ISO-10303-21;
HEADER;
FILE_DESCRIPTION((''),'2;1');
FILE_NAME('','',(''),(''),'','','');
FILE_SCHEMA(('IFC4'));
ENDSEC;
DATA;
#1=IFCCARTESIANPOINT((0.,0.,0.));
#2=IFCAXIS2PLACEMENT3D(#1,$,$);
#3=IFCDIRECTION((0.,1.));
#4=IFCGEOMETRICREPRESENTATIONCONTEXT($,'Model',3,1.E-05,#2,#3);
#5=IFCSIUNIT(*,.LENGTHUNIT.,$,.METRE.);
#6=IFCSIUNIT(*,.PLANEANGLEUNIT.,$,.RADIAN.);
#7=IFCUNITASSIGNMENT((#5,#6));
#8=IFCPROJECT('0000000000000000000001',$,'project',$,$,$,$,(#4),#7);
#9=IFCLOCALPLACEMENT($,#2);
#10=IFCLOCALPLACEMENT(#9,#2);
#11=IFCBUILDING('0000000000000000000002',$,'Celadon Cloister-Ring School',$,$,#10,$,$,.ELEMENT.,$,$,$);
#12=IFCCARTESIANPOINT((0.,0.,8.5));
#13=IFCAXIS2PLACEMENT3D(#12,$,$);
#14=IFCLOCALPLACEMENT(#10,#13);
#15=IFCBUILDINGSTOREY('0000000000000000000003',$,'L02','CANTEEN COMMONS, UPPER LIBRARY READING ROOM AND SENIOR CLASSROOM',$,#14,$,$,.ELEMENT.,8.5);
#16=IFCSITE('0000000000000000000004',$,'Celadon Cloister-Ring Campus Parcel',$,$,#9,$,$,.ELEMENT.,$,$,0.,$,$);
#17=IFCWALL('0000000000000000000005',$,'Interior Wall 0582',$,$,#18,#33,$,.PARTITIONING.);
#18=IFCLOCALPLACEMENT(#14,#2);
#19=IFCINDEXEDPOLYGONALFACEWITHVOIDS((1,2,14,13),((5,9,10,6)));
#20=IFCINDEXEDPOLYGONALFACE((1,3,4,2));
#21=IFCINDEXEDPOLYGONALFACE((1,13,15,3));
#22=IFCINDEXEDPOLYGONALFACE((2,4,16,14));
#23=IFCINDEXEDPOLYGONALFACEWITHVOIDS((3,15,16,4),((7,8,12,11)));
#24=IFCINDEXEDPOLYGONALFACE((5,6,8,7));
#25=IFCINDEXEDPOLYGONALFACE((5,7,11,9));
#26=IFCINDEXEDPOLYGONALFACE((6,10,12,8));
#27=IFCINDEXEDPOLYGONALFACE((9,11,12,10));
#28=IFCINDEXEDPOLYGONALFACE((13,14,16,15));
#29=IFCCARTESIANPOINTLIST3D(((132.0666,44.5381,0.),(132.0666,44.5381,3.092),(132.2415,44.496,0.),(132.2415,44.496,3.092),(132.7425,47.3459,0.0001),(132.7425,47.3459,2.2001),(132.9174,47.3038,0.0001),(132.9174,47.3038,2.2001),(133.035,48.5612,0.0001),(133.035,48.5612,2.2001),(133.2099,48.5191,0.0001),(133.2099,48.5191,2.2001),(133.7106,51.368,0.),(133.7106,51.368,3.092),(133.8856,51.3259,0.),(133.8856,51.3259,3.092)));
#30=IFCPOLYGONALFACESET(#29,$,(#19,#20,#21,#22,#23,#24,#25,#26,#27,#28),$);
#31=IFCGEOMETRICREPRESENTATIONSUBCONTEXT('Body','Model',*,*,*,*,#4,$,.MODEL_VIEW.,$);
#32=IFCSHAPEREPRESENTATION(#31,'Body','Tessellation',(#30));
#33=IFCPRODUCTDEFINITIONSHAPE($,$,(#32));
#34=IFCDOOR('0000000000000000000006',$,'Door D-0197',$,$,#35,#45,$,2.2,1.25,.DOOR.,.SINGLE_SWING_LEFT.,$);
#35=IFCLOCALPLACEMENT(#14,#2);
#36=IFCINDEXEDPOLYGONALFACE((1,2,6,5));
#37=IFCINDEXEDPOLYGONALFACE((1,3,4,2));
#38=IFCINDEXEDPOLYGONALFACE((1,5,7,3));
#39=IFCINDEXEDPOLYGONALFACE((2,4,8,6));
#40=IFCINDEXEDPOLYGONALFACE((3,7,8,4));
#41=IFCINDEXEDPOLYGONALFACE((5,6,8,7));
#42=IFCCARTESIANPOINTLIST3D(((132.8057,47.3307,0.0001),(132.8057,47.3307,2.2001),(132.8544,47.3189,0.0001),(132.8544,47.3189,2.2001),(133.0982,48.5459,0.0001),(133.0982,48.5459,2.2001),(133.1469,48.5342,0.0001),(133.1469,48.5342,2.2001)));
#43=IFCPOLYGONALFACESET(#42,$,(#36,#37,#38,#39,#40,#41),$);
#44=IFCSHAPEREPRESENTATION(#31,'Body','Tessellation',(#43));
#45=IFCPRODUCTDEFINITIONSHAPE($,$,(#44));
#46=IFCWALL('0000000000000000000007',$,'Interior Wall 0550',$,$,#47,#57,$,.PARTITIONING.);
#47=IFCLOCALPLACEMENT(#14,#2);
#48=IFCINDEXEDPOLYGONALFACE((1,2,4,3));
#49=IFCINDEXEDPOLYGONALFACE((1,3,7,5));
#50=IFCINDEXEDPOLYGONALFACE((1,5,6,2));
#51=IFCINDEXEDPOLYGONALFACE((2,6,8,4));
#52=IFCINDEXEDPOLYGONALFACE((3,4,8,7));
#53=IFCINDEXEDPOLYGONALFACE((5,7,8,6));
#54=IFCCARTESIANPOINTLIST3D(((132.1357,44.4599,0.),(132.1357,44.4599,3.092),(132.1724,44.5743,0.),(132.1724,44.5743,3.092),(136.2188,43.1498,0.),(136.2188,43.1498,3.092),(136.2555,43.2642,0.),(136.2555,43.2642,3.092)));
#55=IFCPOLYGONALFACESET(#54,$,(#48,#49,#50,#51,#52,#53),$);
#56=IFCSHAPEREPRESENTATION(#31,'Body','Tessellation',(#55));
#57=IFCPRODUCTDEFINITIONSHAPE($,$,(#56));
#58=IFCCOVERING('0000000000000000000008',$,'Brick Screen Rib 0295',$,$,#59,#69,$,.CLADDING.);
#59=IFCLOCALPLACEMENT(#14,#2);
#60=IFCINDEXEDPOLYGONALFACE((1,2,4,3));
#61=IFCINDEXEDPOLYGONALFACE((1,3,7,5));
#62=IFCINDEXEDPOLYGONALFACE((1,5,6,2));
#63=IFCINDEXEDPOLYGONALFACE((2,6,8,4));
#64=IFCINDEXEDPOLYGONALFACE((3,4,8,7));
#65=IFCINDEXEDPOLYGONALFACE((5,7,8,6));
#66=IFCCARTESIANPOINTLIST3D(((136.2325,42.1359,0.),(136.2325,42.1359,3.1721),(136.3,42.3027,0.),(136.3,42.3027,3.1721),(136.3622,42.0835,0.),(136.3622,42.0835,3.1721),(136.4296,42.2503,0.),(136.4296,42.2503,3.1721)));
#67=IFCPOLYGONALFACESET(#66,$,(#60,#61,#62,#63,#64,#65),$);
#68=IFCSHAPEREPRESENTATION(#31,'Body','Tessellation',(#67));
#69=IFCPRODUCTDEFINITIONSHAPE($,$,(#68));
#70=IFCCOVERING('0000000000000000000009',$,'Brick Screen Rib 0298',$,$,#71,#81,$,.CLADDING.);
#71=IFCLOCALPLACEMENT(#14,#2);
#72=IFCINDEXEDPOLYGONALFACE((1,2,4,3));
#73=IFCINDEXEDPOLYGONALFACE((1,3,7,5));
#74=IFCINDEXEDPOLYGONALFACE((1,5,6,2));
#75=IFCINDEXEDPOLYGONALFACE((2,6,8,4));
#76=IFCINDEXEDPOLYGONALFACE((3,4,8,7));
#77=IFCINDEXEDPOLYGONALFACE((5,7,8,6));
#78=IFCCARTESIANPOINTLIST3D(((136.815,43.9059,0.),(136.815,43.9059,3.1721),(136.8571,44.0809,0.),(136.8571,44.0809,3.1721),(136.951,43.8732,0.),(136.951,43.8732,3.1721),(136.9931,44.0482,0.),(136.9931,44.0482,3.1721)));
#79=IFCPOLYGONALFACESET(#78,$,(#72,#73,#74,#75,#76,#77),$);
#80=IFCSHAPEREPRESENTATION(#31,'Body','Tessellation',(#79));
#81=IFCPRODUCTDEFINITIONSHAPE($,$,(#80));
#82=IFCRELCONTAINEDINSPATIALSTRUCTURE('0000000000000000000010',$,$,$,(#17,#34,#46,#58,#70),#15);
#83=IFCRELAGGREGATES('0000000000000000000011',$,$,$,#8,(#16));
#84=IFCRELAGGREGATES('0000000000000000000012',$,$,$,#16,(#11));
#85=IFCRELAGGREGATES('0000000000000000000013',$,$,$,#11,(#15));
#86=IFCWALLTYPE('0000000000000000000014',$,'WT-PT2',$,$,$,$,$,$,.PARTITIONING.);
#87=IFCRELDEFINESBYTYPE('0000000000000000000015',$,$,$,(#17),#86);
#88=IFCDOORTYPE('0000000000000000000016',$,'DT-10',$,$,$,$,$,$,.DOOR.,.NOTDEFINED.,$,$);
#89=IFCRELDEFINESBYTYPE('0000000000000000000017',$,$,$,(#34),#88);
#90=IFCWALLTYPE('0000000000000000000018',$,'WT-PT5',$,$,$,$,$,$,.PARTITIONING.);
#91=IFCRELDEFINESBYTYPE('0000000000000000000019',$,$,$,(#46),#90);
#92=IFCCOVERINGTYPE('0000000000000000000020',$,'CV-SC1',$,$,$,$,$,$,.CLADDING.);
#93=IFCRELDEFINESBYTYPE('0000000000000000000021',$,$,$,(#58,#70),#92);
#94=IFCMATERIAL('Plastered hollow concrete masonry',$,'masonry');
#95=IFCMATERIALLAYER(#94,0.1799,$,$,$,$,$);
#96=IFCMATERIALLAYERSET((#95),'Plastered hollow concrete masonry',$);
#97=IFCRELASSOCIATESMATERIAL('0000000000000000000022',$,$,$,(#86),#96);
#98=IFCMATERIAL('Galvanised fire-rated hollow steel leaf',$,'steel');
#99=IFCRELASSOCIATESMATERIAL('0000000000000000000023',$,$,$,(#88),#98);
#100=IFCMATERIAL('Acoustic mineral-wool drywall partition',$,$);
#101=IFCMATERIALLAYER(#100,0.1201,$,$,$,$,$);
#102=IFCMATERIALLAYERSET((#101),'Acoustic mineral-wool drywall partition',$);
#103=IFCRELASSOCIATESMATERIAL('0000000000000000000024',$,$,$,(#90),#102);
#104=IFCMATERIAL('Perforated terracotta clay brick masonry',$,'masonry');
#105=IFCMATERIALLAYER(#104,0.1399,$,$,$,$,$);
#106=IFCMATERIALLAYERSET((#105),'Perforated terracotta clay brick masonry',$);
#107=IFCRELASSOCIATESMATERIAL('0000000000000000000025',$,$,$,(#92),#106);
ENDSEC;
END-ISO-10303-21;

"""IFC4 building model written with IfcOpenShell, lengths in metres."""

from ifc_helpers import new_model, si_unit, direction, frame, frame_2d, origin, origin_2d, place, context, subcontext, project, spatial, rectangle, extrude, material, layer, layer_set, type_object, element, fill, save


model = new_model("IFC4")

# Units and contexts
model_context = context("Model", 3, precision=1e-05, world=origin(), true_north=direction((0.0, 1.0)))
body_context = subcontext(model_context, "Body", "Model", "MODEL_VIEW")
ifc_project = project(units=[si_unit("LENGTHUNIT", "METRE"), si_unit("PLANEANGLEUNIT", "RADIAN")], contexts=[model_context])

# Site, building, storey
site_placement = place(None, origin())
site = spatial("IfcSite", under=ifc_project, at=site_placement, Name="Celadon Cloister-Ring Campus Parcel", CompositionType="ELEMENT", RefElevation=0.0)
building_placement = place(site_placement, origin())
building = spatial("IfcBuilding", under=site, at=building_placement, Name="Celadon Cloister-Ring School", CompositionType="ELEMENT")
storey_placement = place(building_placement, frame((0.0, 0.0, 8.5)))
storey = spatial("IfcBuildingStorey", under=building, at=storey_placement, Name="L02", Description="CANTEEN COMMONS, UPPER LIBRARY READING ROOM AND SENIOR CLASSROOM", CompositionType="ELEMENT", Elevation=8.5)

# Wall, opening, door
ifc_material_1 = material(Name="Plastered hollow concrete masonry", Category="masonry")
ifc_layer_1 = layer(ifc_material_1, 0.1799)
ifc_layer_set_1 = layer_set([ifc_layer_1], Name="Plastered hollow concrete masonry")
wall_type_1 = type_object("IfcWallType", Name="WT-PT2", PredefinedType="PARTITIONING", material=ifc_layer_set_1)
wall_1_placement = place(storey_placement, frame((132.1541, 44.5171, 0.0), z_axis=(0.0, 0.0, 1.0), x_axis=(0.23403, 0.972229, 0.0)))
wall_1 = element("IfcWall", 1, at=wall_1_placement, inside=storey, type_object=wall_type_1, Name="Interior Wall 0582", PredefinedType="PARTITIONING", context=body_context, shape_type="SweptSolid", body=[
    extrude(rectangle(XDim=7.0249, YDim=0.1799, at=frame_2d((3.5125, 0.0))), origin(), (0.0, 0.0, 1.0), 3.092),
])
opening_1_placement = place(wall_1_placement, frame((2.8879, 0.0, 0.0)))
opening_1 = element("IfcOpeningElement", 2, at=opening_1_placement, cuts=wall_1, PredefinedType="OPENING", context=body_context, shape_type="SweptSolid", body=[
    extrude(rectangle(XDim=1.25, YDim=2.2, at=frame_2d((0.625, 1.1001))), frame((0.0, 0.1001, 0.0), z_axis=(0.0, -1.0, 0.0), x_axis=(1.0, 0.0, 0.0)), (0.0, 0.0, 1.0), 0.2),
])
ifc_material_2 = material(Name="Galvanised fire-rated hollow steel leaf", Category="steel")
door_type = type_object("IfcDoorType", Name="DT-10", OperationType="NOTDEFINED", PredefinedType="DOOR", material=ifc_material_2)
door_placement = place(opening_1_placement, origin())
door = element("IfcDoor", 3, at=door_placement, inside=storey, type_object=door_type, Name="Door D-0197", OperationType="SINGLE_SWING_LEFT", OverallHeight=2.2, OverallWidth=1.25, PredefinedType="DOOR", context=body_context, shape_type="SweptSolid", body=[
    extrude(rectangle(XDim=1.25, YDim=2.2, at=frame_2d((0.625, 1.1001))), frame((0.0, 0.0249, 0.0), z_axis=(0.0, -1.0, 0.0), x_axis=(1.0, 0.0, 0.0)), (0.0, 0.0, 1.0), 0.05),
])
fill(opening_1, door)

# Wall
ifc_material_3 = material(Name="Acoustic mineral-wool drywall partition")
ifc_layer_2 = layer(ifc_material_3, 0.1201)
ifc_layer_set_2 = layer_set([ifc_layer_2], Name="Acoustic mineral-wool drywall partition")
wall_type_2 = type_object("IfcWallType", Name="WT-PT5", PredefinedType="PARTITIONING", material=ifc_layer_set_2)
wall_2_placement = place(storey_placement, frame((132.1541, 44.5171, 0.0), z_axis=(0.0, 0.0, 1.0), x_axis=(0.952187, -0.305515, 0.0)))
element("IfcWall", 4, at=wall_2_placement, inside=storey, type_object=wall_type_2, Name="Interior Wall 0550", PredefinedType="PARTITIONING", context=body_context, shape_type="SweptSolid", body=[
    extrude(rectangle(XDim=4.2881, YDim=0.1201, at=frame_2d((2.144, 0.0))), origin(), (0.0, 0.0, 1.0), 3.092),
])

# Coverings
ifc_material_4 = material(Name="Perforated terracotta clay brick masonry", Category="masonry")
ifc_layer_3 = layer(ifc_material_4, 0.1399)
ifc_layer_set_3 = layer_set([ifc_layer_3], Name="Perforated terracotta clay brick masonry")
covering_type = type_object("IfcCoveringType", Name="CV-SC1", PredefinedType="CLADDING", material=ifc_layer_set_3)
for number, where, z_axis, x_axis, name in (
    (5, (136.3311, 42.1931, 0.0), (0.0, 0.0, 1.0), (-0.375043, -0.927007, 0.0), "Brick Screen Rib 0295"),
    (6, (136.9041, 43.9771, 0.0), (0.0, 0.0, 1.0), (-0.233988, -0.972239, 0.0), "Brick Screen Rib 0298"),
):
    element("IfcCovering", number, at=place(storey_placement, frame(where, z_axis=z_axis, x_axis=x_axis)), inside=storey, type_object=covering_type, Name=name, PredefinedType="CLADDING", context=body_context, shape_type="SweptSolid", body=[
        extrude(rectangle(XDim=0.1799, YDim=0.1399, at=origin_2d()), origin(), (0.0, 0.0, 1.0), 3.1721),
    ])

save(model, "model.ifc")
